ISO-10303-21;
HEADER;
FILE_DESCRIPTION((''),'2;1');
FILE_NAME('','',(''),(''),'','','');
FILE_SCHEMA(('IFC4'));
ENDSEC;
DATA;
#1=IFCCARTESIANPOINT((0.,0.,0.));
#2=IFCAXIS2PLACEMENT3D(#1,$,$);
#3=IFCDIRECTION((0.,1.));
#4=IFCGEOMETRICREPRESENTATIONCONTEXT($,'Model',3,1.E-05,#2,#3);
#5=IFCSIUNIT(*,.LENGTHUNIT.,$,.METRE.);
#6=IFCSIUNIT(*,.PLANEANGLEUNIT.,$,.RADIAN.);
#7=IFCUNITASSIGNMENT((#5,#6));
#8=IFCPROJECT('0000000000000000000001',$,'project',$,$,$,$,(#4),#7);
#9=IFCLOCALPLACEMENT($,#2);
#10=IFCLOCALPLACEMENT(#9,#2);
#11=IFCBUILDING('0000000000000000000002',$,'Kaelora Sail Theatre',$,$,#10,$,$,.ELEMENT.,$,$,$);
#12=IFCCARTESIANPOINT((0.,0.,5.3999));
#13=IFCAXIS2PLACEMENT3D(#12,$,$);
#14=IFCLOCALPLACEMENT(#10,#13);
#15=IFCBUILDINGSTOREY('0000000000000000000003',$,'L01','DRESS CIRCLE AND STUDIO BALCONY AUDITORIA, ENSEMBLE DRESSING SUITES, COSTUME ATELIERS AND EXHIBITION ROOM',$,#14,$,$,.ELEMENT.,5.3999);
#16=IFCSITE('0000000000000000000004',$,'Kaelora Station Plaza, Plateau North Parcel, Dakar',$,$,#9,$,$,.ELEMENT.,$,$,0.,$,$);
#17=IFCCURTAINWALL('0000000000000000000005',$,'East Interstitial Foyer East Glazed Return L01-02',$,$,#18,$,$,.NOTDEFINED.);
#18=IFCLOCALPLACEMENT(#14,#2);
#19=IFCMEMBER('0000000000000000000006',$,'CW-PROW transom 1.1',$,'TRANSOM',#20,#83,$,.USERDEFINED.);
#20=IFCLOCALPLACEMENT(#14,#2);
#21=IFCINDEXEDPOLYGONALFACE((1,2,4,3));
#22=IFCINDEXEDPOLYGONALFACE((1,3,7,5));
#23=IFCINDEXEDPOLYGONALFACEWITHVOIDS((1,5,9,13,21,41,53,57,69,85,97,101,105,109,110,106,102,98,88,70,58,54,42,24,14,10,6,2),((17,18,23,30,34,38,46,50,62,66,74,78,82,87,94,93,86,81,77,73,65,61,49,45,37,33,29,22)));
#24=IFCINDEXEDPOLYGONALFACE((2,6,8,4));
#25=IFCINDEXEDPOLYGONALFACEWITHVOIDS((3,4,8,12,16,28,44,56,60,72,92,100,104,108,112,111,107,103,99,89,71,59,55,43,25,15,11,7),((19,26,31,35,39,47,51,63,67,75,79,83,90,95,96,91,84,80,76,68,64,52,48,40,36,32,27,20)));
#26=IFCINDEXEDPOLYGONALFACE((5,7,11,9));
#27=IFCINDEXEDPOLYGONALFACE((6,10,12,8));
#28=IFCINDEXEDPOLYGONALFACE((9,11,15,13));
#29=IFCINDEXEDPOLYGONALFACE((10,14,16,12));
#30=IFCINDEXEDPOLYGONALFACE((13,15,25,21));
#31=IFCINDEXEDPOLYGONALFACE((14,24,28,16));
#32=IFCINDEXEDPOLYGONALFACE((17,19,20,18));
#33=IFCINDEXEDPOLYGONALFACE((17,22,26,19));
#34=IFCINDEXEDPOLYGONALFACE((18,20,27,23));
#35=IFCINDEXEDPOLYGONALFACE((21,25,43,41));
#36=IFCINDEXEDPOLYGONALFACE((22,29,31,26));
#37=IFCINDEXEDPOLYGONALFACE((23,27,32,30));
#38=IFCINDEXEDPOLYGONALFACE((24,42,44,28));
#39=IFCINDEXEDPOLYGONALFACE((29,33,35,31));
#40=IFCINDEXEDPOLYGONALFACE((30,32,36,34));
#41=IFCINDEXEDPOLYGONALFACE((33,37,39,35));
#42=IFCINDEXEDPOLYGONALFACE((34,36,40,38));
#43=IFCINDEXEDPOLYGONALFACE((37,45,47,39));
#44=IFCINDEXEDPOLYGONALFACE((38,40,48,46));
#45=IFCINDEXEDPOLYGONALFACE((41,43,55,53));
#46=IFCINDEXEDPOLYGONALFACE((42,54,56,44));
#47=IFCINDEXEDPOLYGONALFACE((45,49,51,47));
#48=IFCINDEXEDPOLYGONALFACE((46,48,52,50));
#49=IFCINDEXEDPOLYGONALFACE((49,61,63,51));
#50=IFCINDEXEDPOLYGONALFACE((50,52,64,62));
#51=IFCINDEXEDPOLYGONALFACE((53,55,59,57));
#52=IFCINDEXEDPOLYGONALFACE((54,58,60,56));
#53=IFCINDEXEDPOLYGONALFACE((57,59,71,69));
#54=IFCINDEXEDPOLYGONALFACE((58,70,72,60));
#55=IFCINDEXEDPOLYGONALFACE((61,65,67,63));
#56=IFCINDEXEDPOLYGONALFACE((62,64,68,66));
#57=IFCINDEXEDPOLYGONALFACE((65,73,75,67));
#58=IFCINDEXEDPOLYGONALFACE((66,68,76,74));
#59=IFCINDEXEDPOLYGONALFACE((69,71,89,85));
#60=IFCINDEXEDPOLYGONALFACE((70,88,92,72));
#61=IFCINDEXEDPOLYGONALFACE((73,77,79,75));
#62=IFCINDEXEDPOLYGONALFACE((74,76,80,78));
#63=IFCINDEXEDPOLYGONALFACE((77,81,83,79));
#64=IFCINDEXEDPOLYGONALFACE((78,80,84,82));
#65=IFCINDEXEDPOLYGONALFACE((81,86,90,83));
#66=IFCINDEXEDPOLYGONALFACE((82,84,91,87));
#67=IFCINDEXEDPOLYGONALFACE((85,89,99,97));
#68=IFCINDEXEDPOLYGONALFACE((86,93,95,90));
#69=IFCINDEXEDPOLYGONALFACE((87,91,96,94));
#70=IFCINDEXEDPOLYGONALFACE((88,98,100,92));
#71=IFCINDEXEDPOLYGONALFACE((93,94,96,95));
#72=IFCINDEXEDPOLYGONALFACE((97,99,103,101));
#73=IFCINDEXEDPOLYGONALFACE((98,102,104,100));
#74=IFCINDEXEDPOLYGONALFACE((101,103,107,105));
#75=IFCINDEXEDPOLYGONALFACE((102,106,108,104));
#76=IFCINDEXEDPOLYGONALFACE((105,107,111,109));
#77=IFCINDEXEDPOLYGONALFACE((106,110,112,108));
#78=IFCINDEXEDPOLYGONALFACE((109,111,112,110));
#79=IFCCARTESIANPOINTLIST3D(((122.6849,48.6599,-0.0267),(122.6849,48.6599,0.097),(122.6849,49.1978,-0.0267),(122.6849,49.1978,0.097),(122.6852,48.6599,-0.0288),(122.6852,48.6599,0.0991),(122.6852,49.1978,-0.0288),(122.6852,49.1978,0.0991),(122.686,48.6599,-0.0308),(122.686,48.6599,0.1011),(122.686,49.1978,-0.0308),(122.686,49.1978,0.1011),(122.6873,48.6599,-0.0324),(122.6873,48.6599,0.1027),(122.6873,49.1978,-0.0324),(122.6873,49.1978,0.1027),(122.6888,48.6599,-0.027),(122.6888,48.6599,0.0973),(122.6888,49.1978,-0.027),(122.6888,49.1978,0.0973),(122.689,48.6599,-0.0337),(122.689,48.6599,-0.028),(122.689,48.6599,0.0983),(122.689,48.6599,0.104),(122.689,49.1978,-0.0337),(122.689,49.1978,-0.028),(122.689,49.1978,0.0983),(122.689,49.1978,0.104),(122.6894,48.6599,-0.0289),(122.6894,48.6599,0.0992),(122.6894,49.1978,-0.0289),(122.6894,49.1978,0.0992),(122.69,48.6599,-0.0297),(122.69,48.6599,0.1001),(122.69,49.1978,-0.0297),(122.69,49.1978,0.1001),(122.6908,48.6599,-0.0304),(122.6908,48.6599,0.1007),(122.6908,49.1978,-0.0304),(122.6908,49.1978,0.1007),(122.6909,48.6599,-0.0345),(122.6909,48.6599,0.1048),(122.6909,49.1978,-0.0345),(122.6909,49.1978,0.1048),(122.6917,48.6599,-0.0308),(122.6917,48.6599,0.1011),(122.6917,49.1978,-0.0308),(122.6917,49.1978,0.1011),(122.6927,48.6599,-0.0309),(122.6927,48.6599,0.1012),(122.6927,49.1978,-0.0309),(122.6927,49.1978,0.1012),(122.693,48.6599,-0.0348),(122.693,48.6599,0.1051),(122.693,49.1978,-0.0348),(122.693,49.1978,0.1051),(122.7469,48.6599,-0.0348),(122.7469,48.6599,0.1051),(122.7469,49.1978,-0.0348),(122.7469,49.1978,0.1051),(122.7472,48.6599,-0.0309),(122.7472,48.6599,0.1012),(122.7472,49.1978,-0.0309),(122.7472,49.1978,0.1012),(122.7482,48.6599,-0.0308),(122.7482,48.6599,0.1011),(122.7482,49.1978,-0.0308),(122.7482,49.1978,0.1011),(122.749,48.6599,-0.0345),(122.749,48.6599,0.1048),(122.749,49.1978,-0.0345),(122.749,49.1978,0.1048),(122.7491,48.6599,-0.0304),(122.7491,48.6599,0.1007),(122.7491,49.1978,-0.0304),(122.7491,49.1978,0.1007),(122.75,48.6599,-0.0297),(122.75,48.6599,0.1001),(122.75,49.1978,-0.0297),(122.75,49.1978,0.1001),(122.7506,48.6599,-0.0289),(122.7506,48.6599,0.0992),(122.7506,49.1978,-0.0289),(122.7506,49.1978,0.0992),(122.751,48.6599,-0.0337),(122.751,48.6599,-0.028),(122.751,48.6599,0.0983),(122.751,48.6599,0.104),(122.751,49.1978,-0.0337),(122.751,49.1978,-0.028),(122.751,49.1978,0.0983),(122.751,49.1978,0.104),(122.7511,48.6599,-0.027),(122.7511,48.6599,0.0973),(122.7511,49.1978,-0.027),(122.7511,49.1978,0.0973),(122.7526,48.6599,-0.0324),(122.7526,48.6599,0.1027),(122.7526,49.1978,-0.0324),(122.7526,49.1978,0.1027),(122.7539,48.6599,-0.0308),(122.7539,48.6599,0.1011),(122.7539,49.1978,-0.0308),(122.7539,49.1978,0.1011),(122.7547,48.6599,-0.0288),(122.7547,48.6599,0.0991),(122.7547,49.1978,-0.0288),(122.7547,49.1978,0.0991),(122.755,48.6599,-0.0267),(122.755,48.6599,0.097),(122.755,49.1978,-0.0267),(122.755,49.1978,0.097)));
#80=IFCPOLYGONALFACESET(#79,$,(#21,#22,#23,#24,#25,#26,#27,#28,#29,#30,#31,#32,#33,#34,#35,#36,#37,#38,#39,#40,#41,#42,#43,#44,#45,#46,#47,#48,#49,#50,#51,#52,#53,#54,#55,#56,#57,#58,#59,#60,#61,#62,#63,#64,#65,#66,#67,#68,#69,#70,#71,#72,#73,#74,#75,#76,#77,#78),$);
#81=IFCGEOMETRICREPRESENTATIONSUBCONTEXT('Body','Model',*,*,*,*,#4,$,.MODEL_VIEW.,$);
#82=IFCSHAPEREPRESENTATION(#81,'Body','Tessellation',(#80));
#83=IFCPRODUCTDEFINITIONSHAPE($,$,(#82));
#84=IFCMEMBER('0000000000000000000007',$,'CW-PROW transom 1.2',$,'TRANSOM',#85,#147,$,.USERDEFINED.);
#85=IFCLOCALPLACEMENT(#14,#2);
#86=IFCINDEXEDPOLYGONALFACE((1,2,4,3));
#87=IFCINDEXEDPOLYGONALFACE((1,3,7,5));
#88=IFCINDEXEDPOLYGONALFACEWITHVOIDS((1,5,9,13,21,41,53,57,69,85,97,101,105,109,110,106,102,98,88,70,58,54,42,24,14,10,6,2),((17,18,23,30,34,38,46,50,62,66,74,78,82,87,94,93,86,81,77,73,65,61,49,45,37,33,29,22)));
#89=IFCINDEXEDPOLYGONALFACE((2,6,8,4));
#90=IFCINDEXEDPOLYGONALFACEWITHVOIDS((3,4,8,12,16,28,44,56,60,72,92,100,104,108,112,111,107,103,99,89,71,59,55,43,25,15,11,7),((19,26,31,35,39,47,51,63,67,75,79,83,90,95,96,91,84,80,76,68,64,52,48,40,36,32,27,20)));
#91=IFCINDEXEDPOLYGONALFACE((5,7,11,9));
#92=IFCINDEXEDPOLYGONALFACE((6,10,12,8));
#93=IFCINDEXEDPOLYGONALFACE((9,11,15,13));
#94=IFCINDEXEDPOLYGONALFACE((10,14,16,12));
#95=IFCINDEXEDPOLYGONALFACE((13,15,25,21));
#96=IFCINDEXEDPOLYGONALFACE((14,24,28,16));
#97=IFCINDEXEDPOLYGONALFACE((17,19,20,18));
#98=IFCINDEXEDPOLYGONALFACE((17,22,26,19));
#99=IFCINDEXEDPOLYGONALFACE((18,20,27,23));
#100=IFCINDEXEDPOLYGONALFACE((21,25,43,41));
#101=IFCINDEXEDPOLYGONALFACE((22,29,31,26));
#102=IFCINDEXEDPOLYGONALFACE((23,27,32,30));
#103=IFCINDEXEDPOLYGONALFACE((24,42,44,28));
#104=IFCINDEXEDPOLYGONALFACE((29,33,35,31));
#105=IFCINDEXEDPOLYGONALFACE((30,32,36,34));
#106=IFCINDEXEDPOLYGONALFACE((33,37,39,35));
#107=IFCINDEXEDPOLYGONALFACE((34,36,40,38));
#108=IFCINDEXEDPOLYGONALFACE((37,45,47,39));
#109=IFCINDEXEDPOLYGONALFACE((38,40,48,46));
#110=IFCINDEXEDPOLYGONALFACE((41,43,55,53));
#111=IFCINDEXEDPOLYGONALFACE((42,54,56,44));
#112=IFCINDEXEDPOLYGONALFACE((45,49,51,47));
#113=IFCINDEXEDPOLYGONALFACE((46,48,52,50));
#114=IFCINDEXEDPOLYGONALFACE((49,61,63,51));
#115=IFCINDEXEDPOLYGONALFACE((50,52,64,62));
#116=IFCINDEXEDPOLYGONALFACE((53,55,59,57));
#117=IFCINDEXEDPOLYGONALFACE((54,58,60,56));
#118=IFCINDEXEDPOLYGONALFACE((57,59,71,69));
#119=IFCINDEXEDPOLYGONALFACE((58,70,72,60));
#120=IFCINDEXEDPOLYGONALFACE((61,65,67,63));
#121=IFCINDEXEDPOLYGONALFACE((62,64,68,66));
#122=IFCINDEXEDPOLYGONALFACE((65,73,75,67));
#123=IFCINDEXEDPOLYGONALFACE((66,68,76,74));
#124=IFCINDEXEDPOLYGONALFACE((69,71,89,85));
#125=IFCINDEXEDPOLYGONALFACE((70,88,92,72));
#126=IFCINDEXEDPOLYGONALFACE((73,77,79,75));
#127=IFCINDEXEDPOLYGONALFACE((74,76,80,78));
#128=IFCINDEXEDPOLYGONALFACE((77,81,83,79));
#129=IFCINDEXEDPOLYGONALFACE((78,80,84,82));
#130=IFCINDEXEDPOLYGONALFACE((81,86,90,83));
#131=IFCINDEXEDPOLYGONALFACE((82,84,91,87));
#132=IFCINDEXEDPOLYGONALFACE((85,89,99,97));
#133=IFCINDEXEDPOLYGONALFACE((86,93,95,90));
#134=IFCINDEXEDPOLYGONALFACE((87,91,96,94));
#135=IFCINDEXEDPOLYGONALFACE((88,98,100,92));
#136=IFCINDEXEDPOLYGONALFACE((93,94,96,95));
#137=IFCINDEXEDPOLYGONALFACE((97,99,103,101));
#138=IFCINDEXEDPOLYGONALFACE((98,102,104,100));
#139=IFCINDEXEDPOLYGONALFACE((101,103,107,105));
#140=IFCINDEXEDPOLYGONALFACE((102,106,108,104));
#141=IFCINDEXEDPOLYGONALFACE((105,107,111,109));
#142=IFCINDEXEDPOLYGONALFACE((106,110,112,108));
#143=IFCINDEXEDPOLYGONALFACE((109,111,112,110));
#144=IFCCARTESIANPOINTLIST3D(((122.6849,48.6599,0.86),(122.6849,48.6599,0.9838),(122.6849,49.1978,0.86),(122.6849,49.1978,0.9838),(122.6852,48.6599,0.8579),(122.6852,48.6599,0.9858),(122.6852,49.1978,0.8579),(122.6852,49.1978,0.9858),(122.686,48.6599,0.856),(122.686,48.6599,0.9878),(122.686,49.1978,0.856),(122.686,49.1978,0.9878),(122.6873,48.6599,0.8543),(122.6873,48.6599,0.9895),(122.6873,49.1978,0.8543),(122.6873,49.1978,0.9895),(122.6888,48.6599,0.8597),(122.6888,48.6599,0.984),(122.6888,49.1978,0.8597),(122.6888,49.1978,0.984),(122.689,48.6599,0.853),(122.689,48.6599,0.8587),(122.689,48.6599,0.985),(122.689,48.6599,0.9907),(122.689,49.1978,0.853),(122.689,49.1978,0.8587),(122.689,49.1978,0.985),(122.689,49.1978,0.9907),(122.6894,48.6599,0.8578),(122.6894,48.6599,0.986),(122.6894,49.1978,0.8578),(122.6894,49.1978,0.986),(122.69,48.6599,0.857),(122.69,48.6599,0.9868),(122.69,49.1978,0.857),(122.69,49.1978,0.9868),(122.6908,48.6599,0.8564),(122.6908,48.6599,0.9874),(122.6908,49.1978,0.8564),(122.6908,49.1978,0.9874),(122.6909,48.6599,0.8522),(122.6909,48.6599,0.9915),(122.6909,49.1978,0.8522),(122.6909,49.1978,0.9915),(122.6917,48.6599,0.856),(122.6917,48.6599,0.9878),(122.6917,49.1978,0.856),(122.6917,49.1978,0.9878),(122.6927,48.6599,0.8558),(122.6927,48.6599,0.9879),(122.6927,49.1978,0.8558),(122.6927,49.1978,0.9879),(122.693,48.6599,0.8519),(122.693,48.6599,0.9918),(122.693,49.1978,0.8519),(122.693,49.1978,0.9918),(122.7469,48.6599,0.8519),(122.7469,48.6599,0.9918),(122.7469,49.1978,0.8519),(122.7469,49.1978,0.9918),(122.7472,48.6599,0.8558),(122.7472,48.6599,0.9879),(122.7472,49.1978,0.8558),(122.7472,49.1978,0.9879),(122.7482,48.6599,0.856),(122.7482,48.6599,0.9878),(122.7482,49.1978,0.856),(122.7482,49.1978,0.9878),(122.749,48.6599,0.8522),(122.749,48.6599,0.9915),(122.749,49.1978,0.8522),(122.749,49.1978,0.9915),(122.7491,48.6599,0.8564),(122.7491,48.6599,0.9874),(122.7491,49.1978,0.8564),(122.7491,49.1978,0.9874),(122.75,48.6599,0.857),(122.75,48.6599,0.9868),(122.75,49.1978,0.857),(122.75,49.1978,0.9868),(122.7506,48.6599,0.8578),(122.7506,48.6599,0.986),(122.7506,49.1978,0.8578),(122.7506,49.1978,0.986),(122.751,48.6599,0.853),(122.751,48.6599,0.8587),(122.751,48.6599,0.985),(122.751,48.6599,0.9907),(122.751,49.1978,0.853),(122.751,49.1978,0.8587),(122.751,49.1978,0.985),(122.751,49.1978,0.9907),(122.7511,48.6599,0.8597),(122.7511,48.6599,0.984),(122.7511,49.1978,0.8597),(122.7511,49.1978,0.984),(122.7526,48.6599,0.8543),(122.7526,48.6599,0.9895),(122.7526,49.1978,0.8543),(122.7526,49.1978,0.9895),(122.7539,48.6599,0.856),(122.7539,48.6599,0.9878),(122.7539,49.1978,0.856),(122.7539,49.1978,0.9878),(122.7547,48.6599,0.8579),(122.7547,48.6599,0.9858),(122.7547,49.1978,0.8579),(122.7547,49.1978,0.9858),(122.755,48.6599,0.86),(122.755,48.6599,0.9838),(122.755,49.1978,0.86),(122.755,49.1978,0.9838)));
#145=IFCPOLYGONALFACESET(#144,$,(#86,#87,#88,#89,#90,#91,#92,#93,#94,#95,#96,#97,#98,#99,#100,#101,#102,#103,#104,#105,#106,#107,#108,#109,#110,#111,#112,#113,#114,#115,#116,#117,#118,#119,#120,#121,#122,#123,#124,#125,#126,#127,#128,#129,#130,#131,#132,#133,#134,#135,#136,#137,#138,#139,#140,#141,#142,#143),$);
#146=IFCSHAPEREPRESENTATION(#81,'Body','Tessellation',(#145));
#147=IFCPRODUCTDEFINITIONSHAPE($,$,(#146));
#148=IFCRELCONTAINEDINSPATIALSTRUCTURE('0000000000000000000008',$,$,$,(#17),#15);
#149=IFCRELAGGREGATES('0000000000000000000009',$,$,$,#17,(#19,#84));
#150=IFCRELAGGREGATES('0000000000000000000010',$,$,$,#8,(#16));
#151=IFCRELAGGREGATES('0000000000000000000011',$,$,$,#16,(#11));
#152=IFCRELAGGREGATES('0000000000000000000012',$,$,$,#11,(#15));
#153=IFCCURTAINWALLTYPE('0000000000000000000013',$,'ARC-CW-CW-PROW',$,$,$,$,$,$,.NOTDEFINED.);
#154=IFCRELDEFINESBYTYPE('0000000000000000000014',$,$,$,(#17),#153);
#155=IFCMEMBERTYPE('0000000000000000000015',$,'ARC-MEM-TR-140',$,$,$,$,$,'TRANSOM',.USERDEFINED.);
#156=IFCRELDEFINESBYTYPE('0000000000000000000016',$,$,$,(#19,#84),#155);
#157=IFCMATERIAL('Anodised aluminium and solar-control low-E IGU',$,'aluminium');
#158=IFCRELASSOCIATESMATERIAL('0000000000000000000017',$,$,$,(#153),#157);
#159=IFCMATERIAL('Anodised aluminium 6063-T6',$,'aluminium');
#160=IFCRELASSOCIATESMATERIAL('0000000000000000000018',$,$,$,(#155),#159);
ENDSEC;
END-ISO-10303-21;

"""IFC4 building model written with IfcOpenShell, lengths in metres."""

from ifc_helpers import new_model, si_unit, direction, frame, origin, origin_2d, place, context, subcontext, project, spatial, hollow_rectangle, extrude, material, material_profile, profile_set, type_object, element, aggregate, save


model = new_model("IFC4")

# Units and contexts
model_context = context("Model", 3, precision=1e-05, world=origin(), true_north=direction((0.0, 1.0)))
body_context = subcontext(model_context, "Body", "Model", "MODEL_VIEW")
ifc_project = project(units=[si_unit("LENGTHUNIT", "METRE"), si_unit("PLANEANGLEUNIT", "RADIAN")], contexts=[model_context])

# Site, building, storey
site_placement = place(None, origin())
site = spatial("IfcSite", under=ifc_project, at=site_placement, Name="Kaelora Station Plaza, Plateau North Parcel, Dakar", CompositionType="ELEMENT", RefElevation=0.0)
building_placement = place(site_placement, origin())
building = spatial("IfcBuilding", under=site, at=building_placement, Name="Kaelora Sail Theatre", CompositionType="ELEMENT")
storey_placement = place(building_placement, frame((0.0, 0.0, 5.3999)))
storey = spatial("IfcBuildingStorey", under=building, at=storey_placement, Name="L01", Description="DRESS CIRCLE AND STUDIO BALCONY AUDITORIA, ENSEMBLE DRESSING SUITES, COSTUME ATELIERS AND EXHIBITION ROOM", CompositionType="ELEMENT", Elevation=5.3999)

# Curtain wall
ifc_material_1 = material(Name="Anodised aluminium and solar-control low-E IGU", Category="aluminium")
curtain_wall_type = type_object("IfcCurtainWallType", Name="ARC-CW-CW-PROW", PredefinedType="NOTDEFINED", material=ifc_material_1)
curtain_wall_1_placement = place(storey_placement, origin())
curtain_wall_1 = element("IfcCurtainWall", 1, at=curtain_wall_1_placement, inside=storey, type_object=curtain_wall_type, Name="East Interstitial Foyer East Glazed Return L01-02", PredefinedType="NOTDEFINED")

# Members
ifc_material_2 = material(Name="Anodised aluminium 6063-T6", Category="aluminium")
ifc_material_profile_1 = material_profile(ifc_material_2, hollow_rectangle(XDim=0.0701, YDim=0.1399, WallThickness=0.0039, InnerFilletRadius=0.0039, OuterFilletRadius=0.0081, at=origin_2d()), Name="ALU-TRAN 70x140x4")
ifc_profile_set_1 = profile_set([ifc_material_profile_1], Name="Anodised aluminium 6063-T6")
member_type_1 = type_object("IfcMemberType", Name="ARC-MEM-TR-140", ElementType="TRANSOM", PredefinedType="USERDEFINED", material=ifc_profile_set_1)
member_1_placement = place(storey_placement, frame((122.72, 48.6599, 0.0352), z_axis=(0.0, 1.0, 0.0), x_axis=(-1.0, 0.0, 0.0)))
member_1 = element("IfcMember", 2, at=member_1_placement, type_object=member_type_1, Name="CW-PROW transom 1.1", ObjectType="TRANSOM", PredefinedType="USERDEFINED", context=body_context, shape_type="SweptSolid", body=[
    extrude(hollow_rectangle(XDim=0.0701, YDim=0.1399, WallThickness=0.0039, InnerFilletRadius=0.0039, OuterFilletRadius=0.0081, at=origin_2d()), origin(), (0.0, 0.0, 1.0), 0.5378),
])
member_2_placement = place(storey_placement, frame((122.72, 48.6599, 0.9219), z_axis=(0.0, 1.0, 0.0), x_axis=(-1.0, 0.0, 0.0)))
member_2 = element("IfcMember", 3, at=member_2_placement, type_object=member_type_1, Name="CW-PROW transom 1.2", ObjectType="TRANSOM", PredefinedType="USERDEFINED", context=body_context, shape_type="SweptSolid", body=[
    extrude(hollow_rectangle(XDim=0.0701, YDim=0.1399, WallThickness=0.0039, InnerFilletRadius=0.0039, OuterFilletRadius=0.0081, at=origin_2d()), origin(), (0.0, 0.0, 1.0), 0.5378),
])

aggregate(curtain_wall_1, [member_1, member_2])

save(model, "model.ifc")
